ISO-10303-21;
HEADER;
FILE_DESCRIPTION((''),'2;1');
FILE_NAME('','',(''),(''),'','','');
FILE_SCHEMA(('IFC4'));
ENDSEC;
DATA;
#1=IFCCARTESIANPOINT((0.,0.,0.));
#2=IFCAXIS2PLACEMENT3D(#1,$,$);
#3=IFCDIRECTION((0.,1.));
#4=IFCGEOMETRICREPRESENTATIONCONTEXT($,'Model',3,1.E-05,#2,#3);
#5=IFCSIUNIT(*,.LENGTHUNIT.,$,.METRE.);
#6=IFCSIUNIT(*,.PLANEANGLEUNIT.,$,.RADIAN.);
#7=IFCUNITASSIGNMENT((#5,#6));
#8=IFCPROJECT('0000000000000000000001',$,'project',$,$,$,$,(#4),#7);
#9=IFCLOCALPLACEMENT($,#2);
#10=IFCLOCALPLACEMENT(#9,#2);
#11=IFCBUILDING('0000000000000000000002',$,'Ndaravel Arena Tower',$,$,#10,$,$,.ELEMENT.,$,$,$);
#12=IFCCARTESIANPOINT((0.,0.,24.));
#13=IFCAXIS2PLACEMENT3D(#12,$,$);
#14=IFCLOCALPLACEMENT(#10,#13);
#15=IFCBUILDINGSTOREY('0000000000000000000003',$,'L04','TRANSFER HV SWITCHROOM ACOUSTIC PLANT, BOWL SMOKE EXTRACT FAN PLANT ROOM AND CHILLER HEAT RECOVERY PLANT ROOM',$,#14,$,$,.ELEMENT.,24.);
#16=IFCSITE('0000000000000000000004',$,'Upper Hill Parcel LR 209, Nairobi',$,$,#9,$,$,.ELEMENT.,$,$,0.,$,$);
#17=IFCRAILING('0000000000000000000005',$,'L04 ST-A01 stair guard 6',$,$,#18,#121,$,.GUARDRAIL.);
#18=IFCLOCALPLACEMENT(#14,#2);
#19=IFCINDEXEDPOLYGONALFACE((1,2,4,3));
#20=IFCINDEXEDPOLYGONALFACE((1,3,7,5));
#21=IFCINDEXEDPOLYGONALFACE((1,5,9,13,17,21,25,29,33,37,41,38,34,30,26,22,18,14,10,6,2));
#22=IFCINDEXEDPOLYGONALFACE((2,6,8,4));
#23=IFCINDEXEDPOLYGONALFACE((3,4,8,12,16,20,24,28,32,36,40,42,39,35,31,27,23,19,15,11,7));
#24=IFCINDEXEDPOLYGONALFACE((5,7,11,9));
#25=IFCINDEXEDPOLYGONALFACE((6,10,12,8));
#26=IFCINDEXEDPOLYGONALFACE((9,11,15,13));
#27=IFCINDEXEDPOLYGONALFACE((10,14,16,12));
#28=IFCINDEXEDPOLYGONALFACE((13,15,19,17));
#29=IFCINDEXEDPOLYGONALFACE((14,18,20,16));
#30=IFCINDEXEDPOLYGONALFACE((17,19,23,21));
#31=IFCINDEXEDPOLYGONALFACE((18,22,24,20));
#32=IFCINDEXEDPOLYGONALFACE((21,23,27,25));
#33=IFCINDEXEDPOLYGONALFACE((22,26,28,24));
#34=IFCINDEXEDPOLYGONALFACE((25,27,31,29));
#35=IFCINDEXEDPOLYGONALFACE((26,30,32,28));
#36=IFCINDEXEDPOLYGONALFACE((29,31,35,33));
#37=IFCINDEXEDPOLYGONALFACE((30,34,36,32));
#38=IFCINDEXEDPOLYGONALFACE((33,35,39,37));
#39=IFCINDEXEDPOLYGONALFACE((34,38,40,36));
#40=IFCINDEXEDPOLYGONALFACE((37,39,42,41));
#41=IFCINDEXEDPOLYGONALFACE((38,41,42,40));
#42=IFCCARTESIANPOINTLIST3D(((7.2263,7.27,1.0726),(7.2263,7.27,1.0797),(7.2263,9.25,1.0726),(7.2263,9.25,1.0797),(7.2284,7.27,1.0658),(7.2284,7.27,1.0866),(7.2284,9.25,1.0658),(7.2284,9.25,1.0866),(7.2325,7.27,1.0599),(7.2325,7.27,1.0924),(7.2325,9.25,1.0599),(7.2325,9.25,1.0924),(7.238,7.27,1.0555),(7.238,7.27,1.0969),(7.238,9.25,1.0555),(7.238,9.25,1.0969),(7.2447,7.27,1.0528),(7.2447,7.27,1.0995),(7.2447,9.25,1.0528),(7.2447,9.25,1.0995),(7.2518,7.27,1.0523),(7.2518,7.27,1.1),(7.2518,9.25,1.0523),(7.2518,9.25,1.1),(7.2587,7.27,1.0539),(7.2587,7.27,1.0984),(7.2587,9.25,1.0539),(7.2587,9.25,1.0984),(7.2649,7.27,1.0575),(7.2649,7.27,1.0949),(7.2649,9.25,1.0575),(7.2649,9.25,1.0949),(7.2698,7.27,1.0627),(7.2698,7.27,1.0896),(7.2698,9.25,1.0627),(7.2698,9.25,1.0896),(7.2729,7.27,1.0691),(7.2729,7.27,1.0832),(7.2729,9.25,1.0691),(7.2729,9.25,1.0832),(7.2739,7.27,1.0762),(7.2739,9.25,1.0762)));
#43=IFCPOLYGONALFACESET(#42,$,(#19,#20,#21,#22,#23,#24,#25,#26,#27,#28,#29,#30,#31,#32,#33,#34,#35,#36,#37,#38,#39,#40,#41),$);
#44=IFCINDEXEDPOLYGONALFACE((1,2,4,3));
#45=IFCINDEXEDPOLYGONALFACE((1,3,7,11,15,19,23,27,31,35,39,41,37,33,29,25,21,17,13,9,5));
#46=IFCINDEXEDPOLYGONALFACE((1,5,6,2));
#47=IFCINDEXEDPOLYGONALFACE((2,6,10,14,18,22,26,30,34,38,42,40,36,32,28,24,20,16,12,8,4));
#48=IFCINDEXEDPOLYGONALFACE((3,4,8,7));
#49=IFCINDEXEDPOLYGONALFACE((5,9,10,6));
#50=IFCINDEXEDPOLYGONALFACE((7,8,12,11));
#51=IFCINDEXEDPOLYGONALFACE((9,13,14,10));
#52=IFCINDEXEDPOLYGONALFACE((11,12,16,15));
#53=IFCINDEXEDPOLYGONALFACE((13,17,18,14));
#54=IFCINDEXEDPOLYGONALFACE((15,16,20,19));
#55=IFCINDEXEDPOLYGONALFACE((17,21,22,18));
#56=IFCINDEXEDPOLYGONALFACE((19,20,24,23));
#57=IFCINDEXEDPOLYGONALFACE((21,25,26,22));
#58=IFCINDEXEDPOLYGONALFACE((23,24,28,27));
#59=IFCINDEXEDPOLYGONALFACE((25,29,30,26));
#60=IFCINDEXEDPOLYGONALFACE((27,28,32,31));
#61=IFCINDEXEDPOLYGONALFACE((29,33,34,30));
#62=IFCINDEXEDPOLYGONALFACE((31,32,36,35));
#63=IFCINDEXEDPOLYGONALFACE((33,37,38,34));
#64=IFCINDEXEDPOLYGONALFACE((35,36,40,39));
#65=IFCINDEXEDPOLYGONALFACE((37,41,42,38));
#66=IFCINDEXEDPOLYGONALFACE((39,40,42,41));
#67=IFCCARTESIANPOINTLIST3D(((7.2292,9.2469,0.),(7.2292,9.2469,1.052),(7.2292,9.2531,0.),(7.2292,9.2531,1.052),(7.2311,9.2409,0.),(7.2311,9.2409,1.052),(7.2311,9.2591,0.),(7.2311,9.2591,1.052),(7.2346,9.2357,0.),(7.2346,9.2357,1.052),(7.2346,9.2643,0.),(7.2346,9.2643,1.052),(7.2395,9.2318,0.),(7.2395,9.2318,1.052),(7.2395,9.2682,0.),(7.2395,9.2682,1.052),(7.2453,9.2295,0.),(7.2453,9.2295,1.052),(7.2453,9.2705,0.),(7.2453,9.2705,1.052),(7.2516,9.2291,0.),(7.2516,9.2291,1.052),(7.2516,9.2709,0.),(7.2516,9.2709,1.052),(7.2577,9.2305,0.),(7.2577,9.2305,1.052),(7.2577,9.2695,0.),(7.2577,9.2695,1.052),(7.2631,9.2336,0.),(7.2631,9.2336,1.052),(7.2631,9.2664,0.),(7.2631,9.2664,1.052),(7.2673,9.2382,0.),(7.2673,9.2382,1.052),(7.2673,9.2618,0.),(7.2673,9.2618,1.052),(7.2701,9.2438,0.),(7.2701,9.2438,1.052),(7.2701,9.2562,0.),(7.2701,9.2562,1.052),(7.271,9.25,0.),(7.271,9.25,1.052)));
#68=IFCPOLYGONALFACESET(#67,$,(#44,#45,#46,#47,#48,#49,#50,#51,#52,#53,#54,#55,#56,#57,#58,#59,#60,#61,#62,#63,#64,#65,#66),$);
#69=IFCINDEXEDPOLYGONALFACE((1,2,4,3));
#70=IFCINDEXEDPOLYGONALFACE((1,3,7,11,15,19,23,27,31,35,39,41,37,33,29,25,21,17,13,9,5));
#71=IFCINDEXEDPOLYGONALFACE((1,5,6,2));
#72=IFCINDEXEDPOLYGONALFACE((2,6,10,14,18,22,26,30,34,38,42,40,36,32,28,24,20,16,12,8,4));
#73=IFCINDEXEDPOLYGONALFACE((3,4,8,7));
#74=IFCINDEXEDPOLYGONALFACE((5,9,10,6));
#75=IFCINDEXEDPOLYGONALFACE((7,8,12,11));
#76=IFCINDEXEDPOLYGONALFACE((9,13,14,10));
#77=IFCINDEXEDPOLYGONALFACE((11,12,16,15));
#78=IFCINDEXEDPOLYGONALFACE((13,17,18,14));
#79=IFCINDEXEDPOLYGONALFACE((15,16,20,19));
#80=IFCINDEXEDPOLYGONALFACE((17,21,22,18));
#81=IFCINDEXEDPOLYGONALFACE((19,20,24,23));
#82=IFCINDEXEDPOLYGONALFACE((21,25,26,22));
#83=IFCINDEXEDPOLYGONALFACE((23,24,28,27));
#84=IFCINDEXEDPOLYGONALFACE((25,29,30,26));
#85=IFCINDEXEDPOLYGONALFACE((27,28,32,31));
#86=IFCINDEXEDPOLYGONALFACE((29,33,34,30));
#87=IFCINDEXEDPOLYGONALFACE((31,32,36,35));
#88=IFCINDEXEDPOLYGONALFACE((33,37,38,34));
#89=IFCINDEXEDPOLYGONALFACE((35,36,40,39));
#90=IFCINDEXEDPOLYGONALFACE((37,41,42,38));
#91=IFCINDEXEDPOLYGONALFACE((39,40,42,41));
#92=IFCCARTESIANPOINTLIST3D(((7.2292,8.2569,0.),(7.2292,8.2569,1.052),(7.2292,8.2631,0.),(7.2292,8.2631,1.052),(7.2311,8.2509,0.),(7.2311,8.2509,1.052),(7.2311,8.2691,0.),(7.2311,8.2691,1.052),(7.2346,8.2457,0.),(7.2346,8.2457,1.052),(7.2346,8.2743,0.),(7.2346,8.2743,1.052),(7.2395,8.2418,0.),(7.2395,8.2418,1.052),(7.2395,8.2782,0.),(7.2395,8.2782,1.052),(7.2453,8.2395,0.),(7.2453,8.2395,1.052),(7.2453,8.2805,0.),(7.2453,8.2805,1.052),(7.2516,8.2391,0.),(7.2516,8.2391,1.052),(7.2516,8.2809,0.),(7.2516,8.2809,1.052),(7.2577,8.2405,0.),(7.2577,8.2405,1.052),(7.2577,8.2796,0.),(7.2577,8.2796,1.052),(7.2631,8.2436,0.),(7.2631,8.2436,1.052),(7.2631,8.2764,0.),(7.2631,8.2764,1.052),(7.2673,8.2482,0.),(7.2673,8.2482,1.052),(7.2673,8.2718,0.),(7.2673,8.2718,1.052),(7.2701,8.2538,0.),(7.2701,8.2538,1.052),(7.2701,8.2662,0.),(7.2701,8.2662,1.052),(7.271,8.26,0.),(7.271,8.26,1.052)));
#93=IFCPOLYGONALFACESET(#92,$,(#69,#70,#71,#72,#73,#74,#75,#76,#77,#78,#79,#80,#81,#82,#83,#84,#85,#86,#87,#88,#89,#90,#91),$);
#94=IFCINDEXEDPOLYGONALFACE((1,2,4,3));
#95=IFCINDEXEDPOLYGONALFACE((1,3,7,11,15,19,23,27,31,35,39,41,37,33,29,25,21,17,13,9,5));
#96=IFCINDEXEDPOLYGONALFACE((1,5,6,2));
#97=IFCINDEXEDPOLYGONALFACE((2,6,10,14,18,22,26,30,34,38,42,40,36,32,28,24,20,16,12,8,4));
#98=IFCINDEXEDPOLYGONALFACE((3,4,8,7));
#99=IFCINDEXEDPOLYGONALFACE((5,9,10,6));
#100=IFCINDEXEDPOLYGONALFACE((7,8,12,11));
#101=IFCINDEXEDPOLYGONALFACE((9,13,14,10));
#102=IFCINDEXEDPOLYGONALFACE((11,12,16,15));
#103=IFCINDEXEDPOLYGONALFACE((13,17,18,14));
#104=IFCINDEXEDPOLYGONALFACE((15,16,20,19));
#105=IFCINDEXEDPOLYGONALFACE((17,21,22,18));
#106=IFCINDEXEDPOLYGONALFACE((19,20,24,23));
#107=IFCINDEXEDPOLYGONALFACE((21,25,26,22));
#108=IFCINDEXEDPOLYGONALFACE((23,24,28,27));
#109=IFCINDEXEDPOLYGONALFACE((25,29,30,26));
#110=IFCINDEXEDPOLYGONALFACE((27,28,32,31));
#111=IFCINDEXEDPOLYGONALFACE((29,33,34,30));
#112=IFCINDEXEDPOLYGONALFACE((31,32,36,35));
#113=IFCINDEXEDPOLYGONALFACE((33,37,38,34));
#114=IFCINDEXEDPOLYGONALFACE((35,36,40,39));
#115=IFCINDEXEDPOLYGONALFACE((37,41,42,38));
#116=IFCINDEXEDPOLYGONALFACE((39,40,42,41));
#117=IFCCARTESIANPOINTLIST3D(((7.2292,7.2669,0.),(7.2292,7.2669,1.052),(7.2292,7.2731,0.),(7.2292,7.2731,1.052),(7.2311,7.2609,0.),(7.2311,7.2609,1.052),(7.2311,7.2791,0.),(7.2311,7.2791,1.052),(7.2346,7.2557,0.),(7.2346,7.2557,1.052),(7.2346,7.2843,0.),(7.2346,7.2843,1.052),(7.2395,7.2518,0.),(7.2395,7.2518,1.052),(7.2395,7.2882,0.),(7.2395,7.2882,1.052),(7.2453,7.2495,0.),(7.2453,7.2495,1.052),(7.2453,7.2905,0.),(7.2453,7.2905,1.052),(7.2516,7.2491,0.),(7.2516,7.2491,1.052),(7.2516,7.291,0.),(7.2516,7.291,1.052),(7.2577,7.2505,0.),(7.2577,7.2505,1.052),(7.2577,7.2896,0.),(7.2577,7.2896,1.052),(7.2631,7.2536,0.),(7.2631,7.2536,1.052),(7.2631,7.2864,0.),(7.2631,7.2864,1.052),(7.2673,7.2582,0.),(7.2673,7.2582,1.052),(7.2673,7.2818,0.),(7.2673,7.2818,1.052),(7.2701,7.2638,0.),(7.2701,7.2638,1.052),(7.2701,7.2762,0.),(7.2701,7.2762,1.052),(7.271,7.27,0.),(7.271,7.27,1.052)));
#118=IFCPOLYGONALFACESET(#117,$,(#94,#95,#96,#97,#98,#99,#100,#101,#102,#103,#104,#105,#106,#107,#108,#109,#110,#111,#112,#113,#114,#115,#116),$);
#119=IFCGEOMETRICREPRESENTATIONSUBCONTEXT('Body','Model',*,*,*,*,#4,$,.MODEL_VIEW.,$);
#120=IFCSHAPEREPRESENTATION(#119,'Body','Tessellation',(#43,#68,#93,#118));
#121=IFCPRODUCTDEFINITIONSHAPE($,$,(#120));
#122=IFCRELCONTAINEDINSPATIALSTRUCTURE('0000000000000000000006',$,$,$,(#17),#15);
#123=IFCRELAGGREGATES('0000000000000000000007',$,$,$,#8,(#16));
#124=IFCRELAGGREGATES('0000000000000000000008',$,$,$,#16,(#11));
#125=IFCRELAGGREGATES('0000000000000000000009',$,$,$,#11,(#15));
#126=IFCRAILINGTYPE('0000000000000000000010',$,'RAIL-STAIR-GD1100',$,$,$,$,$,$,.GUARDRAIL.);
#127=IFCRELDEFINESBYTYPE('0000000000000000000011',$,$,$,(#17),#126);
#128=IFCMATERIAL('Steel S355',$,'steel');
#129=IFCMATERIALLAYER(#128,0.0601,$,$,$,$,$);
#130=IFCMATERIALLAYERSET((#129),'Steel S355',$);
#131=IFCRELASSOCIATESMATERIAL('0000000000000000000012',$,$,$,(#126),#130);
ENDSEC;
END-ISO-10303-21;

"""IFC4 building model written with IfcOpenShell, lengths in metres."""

from ifc_helpers import new_model, si_unit, direction, frame, origin, origin_2d, place, context, subcontext, project, spatial, circle, extrude, material, layer, layer_set, type_object, element, save


model = new_model("IFC4")

# Units and contexts
model_context = context("Model", 3, precision=1e-05, world=origin(), true_north=direction((0.0, 1.0)))
body_context = subcontext(model_context, "Body", "Model", "MODEL_VIEW")
ifc_project = project(units=[si_unit("LENGTHUNIT", "METRE"), si_unit("PLANEANGLEUNIT", "RADIAN")], contexts=[model_context])

# Site, building, storey
site_placement = place(None, origin())
site = spatial("IfcSite", under=ifc_project, at=site_placement, Name="Upper Hill Parcel LR 209, Nairobi", CompositionType="ELEMENT", RefElevation=0.0)
building_placement = place(site_placement, origin())
building = spatial("IfcBuilding", under=site, at=building_placement, Name="Ndaravel Arena Tower", CompositionType="ELEMENT")
storey_placement = place(building_placement, frame((0.0, 0.0, 24.0)))
storey = spatial("IfcBuildingStorey", under=building, at=storey_placement, Name="L04", Description="TRANSFER HV SWITCHROOM ACOUSTIC PLANT, BOWL SMOKE EXTRACT FAN PLANT ROOM AND CHILLER HEAT RECOVERY PLANT ROOM", CompositionType="ELEMENT", Elevation=24.0)

# Railing
ifc_material_1 = material(Name="Steel S355", Category="steel")
ifc_layer_1 = layer(ifc_material_1, 0.0601)
ifc_layer_set_1 = layer_set([ifc_layer_1], Name="Steel S355")
railing_type = type_object("IfcRailingType", Name="RAIL-STAIR-GD1100", PredefinedType="GUARDRAIL", material=ifc_layer_set_1)
for number, where, name in (
    (1, (7.25, 9.25, 0.0), "L04 ST-A01 stair guard 6"),
):
    element("IfcRailing", number, at=place(storey_placement, frame(where)), inside=storey, type_object=railing_type, Name=name, PredefinedType="GUARDRAIL", context=body_context, shape_type="SweptSolid", body=[
        extrude(circle(Radius=0.0239, at=origin_2d()), frame((0.0, 0.0, 1.0762), z_axis=(0.0, -1.0, 0.0), x_axis=(1.0, 0.0, 0.0)), (0.0, 0.0, 1.0), 1.98),
        extrude(circle(Radius=0.021, at=origin_2d()), origin(), (0.0, 0.0, 1.0), 1.052),
        extrude(circle(Radius=0.021, at=origin_2d()), frame((0.0, -0.99, 0.0)), (0.0, 0.0, 1.0), 1.052),
        extrude(circle(Radius=0.021, at=origin_2d()), frame((0.0, -1.98, 0.0)), (0.0, 0.0, 1.0), 1.052),
    ])

save(model, "model.ifc")
